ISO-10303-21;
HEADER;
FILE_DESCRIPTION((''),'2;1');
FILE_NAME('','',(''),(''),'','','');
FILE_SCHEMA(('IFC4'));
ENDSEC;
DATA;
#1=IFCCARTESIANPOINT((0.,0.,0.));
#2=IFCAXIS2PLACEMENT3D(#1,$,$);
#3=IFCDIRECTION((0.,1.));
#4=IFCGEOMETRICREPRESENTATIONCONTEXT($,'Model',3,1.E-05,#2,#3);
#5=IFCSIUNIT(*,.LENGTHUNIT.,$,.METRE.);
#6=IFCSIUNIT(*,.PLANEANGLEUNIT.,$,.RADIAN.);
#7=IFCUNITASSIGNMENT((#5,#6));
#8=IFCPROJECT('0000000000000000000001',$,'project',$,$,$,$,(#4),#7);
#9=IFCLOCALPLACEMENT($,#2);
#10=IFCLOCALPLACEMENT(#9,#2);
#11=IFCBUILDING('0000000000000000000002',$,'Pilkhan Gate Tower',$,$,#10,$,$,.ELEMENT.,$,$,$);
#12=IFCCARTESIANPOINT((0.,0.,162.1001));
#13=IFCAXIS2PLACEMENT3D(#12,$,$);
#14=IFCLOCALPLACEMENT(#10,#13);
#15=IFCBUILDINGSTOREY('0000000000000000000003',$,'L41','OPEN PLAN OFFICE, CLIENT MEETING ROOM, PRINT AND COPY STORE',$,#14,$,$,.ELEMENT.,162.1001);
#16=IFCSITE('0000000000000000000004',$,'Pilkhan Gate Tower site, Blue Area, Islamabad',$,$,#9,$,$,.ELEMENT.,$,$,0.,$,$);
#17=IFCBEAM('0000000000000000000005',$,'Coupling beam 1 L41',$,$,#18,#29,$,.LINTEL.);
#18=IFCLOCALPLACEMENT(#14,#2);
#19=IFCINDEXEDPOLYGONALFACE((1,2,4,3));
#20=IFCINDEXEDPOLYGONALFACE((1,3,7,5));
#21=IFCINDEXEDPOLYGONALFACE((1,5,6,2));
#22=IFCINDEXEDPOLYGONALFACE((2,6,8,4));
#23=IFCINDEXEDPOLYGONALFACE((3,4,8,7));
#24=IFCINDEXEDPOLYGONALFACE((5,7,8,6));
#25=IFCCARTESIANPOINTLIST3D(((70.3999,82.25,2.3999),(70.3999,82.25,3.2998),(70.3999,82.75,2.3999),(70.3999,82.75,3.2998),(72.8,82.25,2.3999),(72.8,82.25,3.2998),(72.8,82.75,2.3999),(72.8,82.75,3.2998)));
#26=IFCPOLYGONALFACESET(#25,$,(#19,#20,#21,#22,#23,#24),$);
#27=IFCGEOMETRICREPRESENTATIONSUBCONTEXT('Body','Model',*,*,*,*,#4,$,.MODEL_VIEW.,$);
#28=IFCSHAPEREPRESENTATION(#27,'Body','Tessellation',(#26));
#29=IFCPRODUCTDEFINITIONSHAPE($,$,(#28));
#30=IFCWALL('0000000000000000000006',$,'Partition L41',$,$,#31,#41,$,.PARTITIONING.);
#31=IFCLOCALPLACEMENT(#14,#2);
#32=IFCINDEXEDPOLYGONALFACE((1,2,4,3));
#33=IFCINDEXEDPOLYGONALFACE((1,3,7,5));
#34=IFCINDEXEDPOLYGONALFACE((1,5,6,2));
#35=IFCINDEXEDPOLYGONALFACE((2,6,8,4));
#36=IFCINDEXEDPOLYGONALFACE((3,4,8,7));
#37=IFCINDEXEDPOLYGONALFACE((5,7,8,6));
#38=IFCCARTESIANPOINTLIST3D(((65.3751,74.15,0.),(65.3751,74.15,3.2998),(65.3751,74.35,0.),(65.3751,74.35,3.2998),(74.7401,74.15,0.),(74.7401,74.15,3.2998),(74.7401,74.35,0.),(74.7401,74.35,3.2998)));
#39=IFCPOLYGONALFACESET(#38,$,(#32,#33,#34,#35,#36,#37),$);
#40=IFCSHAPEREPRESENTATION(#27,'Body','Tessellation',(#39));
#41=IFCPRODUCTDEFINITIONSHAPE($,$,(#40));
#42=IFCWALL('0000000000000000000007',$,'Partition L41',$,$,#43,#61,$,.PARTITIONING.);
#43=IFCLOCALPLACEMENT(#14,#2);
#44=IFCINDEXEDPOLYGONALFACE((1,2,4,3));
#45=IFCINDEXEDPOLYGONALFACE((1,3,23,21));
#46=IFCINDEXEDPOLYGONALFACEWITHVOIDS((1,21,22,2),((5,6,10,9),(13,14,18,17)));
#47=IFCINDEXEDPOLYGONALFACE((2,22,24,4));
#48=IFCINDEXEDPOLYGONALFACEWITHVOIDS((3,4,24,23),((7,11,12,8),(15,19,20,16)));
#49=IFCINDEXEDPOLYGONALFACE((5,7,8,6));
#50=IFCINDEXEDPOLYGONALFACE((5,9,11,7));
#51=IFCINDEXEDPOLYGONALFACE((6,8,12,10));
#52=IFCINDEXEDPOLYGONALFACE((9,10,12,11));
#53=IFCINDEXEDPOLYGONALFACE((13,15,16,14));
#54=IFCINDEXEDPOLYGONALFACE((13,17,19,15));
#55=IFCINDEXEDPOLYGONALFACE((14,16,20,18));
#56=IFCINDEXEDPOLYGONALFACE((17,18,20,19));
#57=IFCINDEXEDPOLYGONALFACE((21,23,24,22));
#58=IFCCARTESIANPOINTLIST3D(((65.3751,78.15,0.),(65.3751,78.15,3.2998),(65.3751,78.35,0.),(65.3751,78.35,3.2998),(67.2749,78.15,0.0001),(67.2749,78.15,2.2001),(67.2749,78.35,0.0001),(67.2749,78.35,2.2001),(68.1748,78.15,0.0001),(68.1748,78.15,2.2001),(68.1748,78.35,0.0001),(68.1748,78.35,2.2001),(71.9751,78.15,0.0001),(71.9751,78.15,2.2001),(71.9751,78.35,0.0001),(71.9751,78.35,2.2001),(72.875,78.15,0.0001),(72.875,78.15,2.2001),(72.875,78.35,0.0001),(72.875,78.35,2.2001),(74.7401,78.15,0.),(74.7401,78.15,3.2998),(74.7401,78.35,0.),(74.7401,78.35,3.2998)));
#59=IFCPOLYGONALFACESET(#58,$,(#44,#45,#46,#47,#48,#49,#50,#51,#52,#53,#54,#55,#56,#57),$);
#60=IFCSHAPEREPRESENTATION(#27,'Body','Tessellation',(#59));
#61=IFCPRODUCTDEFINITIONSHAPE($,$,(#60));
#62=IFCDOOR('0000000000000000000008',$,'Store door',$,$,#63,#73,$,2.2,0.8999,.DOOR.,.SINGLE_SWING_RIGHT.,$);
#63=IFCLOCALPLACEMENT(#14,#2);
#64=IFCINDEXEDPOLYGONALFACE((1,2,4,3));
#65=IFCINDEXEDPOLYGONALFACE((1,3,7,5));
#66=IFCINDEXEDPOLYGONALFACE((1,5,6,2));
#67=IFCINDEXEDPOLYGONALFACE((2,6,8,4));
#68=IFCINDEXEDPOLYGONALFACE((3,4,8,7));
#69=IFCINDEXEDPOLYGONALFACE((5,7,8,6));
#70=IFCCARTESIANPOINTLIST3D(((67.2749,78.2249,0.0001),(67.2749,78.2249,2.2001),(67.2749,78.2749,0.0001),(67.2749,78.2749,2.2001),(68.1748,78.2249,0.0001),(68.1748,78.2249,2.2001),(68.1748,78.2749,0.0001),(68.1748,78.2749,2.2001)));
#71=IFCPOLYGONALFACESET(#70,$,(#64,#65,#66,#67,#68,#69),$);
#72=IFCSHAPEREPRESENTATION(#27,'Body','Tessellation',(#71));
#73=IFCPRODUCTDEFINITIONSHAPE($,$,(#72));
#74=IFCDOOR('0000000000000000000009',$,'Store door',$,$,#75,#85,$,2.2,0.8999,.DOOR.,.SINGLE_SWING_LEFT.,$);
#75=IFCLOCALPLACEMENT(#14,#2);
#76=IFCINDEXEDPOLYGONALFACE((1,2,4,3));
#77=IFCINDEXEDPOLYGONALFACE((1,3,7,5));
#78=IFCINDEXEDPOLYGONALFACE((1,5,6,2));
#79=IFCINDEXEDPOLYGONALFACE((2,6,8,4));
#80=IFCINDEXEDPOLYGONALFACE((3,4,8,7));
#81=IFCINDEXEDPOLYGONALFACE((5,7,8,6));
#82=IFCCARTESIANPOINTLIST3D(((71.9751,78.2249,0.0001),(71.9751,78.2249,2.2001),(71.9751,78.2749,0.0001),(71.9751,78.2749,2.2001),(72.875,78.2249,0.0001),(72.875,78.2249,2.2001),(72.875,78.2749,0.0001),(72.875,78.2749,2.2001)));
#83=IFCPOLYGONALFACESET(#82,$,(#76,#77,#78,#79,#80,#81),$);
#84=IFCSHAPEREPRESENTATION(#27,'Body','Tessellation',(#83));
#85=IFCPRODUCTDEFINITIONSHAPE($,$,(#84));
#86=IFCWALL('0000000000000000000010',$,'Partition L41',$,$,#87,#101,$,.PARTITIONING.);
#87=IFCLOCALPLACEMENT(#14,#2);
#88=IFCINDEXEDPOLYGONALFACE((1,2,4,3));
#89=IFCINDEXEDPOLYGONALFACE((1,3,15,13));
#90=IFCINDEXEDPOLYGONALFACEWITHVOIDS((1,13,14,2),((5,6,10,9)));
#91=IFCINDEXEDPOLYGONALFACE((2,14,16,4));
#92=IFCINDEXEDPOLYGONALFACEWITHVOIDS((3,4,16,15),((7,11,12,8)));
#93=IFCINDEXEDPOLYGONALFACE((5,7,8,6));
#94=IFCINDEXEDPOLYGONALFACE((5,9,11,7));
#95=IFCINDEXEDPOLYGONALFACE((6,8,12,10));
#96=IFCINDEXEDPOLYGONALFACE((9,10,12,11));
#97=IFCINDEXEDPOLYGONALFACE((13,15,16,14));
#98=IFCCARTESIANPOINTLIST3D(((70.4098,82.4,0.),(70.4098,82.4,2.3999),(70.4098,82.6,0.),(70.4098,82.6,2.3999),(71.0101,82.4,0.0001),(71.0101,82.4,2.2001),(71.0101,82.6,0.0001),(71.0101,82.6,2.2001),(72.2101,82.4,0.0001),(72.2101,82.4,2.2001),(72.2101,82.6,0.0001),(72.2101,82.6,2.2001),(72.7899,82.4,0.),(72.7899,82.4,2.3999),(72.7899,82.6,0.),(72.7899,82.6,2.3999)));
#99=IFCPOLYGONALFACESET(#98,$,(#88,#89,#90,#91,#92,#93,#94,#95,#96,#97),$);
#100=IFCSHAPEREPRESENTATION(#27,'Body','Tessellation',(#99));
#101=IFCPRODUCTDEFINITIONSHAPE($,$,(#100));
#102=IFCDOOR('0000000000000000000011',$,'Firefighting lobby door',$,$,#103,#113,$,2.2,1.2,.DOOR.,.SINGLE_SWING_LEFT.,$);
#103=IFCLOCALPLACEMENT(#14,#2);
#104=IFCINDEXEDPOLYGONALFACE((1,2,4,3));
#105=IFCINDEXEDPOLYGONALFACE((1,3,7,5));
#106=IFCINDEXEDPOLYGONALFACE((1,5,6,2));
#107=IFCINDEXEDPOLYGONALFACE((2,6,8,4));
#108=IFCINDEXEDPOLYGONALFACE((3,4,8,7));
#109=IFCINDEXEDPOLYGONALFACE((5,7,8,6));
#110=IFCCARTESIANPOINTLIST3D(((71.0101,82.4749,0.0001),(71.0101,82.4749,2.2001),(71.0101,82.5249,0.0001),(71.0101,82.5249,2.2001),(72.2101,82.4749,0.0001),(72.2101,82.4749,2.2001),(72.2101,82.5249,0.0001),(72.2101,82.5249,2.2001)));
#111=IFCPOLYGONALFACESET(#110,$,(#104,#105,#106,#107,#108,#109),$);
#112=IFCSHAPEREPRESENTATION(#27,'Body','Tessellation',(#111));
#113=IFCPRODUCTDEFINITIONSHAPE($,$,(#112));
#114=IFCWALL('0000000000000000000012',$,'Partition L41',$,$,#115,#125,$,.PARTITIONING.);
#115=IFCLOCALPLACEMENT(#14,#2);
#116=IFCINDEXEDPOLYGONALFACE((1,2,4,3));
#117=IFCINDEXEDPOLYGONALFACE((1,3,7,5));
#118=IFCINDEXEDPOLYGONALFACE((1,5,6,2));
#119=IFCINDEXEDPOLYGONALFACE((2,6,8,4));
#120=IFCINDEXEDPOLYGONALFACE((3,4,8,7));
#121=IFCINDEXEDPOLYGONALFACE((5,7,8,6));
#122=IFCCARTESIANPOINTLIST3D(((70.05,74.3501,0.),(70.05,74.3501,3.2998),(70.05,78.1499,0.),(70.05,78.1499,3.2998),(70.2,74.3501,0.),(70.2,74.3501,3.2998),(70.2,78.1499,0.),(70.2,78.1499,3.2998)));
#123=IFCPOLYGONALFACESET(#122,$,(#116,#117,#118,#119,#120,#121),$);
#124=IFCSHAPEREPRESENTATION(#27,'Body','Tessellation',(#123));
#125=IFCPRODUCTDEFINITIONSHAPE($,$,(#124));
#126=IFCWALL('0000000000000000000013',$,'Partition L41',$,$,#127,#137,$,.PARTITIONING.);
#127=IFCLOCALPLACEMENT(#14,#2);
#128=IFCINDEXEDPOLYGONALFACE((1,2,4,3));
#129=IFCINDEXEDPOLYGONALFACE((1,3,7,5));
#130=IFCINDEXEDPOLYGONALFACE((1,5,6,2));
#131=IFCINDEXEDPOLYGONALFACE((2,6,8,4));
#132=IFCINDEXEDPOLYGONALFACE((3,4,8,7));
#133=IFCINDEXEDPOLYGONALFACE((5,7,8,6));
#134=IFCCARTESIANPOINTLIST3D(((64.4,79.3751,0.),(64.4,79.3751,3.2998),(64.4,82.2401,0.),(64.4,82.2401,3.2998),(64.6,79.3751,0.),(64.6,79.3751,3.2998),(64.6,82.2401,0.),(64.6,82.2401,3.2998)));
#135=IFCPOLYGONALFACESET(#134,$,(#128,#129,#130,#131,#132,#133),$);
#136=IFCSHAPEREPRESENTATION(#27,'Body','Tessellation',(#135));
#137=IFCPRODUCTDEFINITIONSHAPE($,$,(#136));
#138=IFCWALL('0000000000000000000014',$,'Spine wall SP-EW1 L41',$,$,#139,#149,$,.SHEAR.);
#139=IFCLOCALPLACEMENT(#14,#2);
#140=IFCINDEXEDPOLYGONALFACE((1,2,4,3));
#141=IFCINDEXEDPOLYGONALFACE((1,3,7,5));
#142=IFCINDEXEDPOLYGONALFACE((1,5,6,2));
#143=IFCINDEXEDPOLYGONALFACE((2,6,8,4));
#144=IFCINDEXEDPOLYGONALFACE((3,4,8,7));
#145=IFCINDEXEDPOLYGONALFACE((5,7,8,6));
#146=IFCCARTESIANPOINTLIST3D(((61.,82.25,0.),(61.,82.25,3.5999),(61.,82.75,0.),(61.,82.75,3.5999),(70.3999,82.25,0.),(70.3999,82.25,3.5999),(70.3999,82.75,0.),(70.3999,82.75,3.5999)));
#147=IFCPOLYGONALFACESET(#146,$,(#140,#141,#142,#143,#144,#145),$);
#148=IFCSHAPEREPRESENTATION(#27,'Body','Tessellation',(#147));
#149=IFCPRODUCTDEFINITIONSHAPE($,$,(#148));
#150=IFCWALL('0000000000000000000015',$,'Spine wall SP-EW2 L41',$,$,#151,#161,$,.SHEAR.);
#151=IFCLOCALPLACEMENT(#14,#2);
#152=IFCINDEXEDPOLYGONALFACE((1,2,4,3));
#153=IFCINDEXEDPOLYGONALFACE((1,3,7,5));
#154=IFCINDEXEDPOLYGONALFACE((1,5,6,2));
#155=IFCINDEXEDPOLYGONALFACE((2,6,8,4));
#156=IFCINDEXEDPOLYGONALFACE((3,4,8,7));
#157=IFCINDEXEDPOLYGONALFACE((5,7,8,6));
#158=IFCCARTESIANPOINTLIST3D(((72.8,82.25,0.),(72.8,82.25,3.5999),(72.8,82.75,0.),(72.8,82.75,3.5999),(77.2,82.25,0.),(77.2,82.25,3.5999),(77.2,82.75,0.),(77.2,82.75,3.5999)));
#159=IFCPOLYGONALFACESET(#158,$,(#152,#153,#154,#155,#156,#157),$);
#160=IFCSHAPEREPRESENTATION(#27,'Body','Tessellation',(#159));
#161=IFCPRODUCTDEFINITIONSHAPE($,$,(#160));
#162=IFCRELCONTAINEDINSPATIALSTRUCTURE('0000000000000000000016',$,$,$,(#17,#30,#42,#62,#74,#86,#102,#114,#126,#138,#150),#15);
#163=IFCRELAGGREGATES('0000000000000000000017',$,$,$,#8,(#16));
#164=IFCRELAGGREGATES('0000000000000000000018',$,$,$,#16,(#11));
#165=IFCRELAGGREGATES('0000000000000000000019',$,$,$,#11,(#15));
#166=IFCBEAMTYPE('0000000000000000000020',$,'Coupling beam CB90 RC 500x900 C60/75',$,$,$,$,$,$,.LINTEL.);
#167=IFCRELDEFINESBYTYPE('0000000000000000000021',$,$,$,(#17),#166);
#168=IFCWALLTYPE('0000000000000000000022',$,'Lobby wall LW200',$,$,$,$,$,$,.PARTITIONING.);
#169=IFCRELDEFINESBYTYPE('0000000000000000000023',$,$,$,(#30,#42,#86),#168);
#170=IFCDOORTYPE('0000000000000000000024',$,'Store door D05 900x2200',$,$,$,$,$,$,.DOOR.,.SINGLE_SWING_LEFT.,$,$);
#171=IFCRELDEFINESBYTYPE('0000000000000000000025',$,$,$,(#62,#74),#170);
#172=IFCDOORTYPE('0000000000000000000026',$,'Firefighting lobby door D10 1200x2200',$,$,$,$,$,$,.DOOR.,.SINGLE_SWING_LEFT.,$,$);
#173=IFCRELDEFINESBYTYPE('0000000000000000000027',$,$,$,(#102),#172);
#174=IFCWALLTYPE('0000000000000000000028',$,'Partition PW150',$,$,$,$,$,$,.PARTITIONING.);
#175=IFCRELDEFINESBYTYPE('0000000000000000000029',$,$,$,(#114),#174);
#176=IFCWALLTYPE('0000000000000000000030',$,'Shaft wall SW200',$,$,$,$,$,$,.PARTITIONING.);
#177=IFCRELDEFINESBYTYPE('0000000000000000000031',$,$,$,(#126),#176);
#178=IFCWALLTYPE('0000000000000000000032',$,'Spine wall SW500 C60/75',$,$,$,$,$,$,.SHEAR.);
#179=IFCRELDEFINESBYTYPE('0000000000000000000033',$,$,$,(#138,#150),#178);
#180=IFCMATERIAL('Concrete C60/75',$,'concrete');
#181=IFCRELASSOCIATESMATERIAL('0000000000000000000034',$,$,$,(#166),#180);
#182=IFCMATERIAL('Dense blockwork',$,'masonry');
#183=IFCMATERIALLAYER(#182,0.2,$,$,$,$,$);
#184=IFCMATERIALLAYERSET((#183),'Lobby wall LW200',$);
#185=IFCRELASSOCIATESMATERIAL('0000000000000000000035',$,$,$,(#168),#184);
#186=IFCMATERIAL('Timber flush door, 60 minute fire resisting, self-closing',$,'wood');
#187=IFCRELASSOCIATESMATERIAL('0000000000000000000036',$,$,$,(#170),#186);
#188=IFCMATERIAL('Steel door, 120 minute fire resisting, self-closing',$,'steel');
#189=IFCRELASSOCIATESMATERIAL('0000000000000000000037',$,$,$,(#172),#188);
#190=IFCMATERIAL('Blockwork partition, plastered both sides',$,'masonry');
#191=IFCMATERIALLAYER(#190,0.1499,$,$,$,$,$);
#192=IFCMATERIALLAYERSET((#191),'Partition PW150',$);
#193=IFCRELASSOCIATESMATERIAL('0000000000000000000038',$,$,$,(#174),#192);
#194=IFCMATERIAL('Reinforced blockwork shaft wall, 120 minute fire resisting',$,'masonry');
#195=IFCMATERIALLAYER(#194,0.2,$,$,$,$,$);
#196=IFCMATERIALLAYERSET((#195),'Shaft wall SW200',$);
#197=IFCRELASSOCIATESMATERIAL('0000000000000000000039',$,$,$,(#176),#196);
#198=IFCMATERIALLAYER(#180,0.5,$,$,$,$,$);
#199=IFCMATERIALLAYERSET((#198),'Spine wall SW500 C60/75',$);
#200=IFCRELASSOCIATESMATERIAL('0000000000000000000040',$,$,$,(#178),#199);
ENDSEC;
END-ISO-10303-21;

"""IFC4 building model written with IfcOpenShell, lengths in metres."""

from ifc_helpers import new_model, si_unit, direction, frame, frame_2d, origin, origin_2d, place, context, subcontext, project, spatial, rectangle, extrude, material, layer, layer_set, material_profile, profile_set, type_object, element, fill, save


model = new_model("IFC4")

# Units and contexts
model_context = context("Model", 3, precision=1e-05, world=origin(), true_north=direction((0.0, 1.0)))
body_context = subcontext(model_context, "Body", "Model", "MODEL_VIEW")
ifc_project = project(units=[si_unit("LENGTHUNIT", "METRE"), si_unit("PLANEANGLEUNIT", "RADIAN")], contexts=[model_context])

# Site, building, storey
site_placement = place(None, origin())
site = spatial("IfcSite", under=ifc_project, at=site_placement, Name="Pilkhan Gate Tower site, Blue Area, Islamabad", CompositionType="ELEMENT", RefElevation=0.0)
building_placement = place(site_placement, origin())
building = spatial("IfcBuilding", under=site, at=building_placement, Name="Pilkhan Gate Tower", CompositionType="ELEMENT")
storey_placement = place(building_placement, frame((0.0, 0.0, 162.1001)))
storey = spatial("IfcBuildingStorey", under=building, at=storey_placement, Name="L41", Description="OPEN PLAN OFFICE, CLIENT MEETING ROOM, PRINT AND COPY STORE", CompositionType="ELEMENT", Elevation=162.1001)

# Beam
ifc_material_1 = material(Name="Concrete C60/75", Category="concrete")
ifc_material_profile = material_profile(ifc_material_1, rectangle(XDim=0.5, YDim=0.8999, at=origin_2d()), Name="RC 500x900")
ifc_profile_set = profile_set([ifc_material_profile], Name="Concrete C60/75")
beam_type = type_object("IfcBeamType", Name="Coupling beam CB90 RC 500x900 C60/75", PredefinedType="LINTEL", material=ifc_profile_set)
beam_placement = place(storey_placement, frame((70.3999, 82.5, 2.8499), z_axis=(1.0, 0.0, 0.0), x_axis=(0.0, 1.0, 0.0)))
element("IfcBeam", 1, at=beam_placement, inside=storey, type_object=beam_type, Name="Coupling beam 1 L41", PredefinedType="LINTEL", context=body_context, shape_type="SweptSolid", body=[
    extrude(rectangle(XDim=0.5, YDim=0.8999, at=origin_2d()), origin(), (0.0, 0.0, 1.0), 2.4001),
])

# Wall
ifc_material_2 = material(Name="Dense blockwork", Category="masonry")
ifc_layer_1 = layer(ifc_material_2, 0.2)
ifc_layer_set_1 = layer_set([ifc_layer_1], Name="Lobby wall LW200")
wall_type_1 = type_object("IfcWallType", Name="Lobby wall LW200", PredefinedType="PARTITIONING", material=ifc_layer_set_1)
wall_1_placement = place(storey_placement, frame((65.375, 74.25, 0.0), z_axis=(0.0, 0.0, 1.0), x_axis=(1.0, 0.0, 0.0)))
element("IfcWall", 2, at=wall_1_placement, inside=storey, type_object=wall_type_1, Name="Partition L41", PredefinedType="PARTITIONING", context=body_context, shape_type="SweptSolid", body=[
    extrude(rectangle(XDim=9.365, YDim=0.2, at=frame_2d((4.6826, 0.0))), origin(), (0.0, 0.0, 1.0), 3.2998),
])

# Wall, openings, doors
wall_2_placement = place(storey_placement, frame((65.375, 78.25, 0.0), z_axis=(0.0, 0.0, 1.0), x_axis=(1.0, 0.0, 0.0)))
wall_2 = element("IfcWall", 3, at=wall_2_placement, inside=storey, type_object=wall_type_1, Name="Partition L41", PredefinedType="PARTITIONING", context=body_context, shape_type="SweptSolid", body=[
    extrude(rectangle(XDim=9.365, YDim=0.2, at=frame_2d((4.6826, 0.0))), origin(), (0.0, 0.0, 1.0), 3.2998),
])
opening_1_placement = place(wall_2_placement, frame((1.8999, 0.0, 0.0)))
opening_1 = element("IfcOpeningElement", 4, at=opening_1_placement, cuts=wall_2, PredefinedType="OPENING", context=body_context, shape_type="SweptSolid", body=[
    extrude(rectangle(XDim=0.8999, YDim=2.2, at=frame_2d((0.45, 1.1001))), frame((0.0, 0.1099, 0.0), z_axis=(0.0, -1.0, 0.0), x_axis=(1.0, 0.0, 0.0)), (0.0, 0.0, 1.0), 0.22),
])
opening_2_placement = place(wall_2_placement, frame((6.6001, 0.0, 0.0)))
opening_2 = element("IfcOpeningElement", 5, at=opening_2_placement, cuts=wall_2, PredefinedType="OPENING", context=body_context, shape_type="SweptSolid", body=[
    extrude(rectangle(XDim=0.8999, YDim=2.2, at=frame_2d((0.45, 1.1001))), frame((0.0, 0.1099, 0.0), z_axis=(0.0, -1.0, 0.0), x_axis=(1.0, 0.0, 0.0)), (0.0, 0.0, 1.0), 0.22),
])
ifc_material_3 = material(Name="Timber flush door, 60 minute fire resisting, self-closing", Category="wood")
door_type_1 = type_object("IfcDoorType", Name="Store door D05 900x2200", OperationType="SINGLE_SWING_LEFT", PredefinedType="DOOR", material=ifc_material_3)
door_1_placement = place(opening_1_placement, origin())
door_1 = element("IfcDoor", 6, at=door_1_placement, inside=storey, type_object=door_type_1, Name="Store door", OperationType="SINGLE_SWING_RIGHT", OverallHeight=2.2, OverallWidth=0.8999, PredefinedType="DOOR", context=body_context, shape_type="SweptSolid", body=[
    extrude(rectangle(XDim=0.8999, YDim=2.2, at=frame_2d((0.45, 1.1001))), frame((0.0, 0.0249, 0.0), z_axis=(0.0, -1.0, 0.0), x_axis=(1.0, 0.0, 0.0)), (0.0, 0.0, 1.0), 0.05),
])
fill(opening_1, door_1)
door_2_placement = place(opening_2_placement, origin())
door_2 = element("IfcDoor", 7, at=door_2_placement, inside=storey, type_object=door_type_1, Name="Store door", OperationType="SINGLE_SWING_LEFT", OverallHeight=2.2, OverallWidth=0.8999, PredefinedType="DOOR", context=body_context, shape_type="SweptSolid", body=[
    extrude(rectangle(XDim=0.8999, YDim=2.2, at=frame_2d((0.45, 1.1001))), frame((0.0, 0.0249, 0.0), z_axis=(0.0, -1.0, 0.0), x_axis=(1.0, 0.0, 0.0)), (0.0, 0.0, 1.0), 0.05),
])
fill(opening_2, door_2)

# Wall, opening, door
wall_3_placement = place(storey_placement, frame((70.4099, 82.5, 0.0), z_axis=(0.0, 0.0, 1.0), x_axis=(1.0, 0.0, 0.0)))
wall_3 = element("IfcWall", 8, at=wall_3_placement, inside=storey, type_object=wall_type_1, Name="Partition L41", PredefinedType="PARTITIONING", context=body_context, shape_type="SweptSolid", body=[
    extrude(rectangle(XDim=2.3801, YDim=0.2, at=frame_2d((1.1899, 0.0))), origin(), (0.0, 0.0, 1.0), 2.3999),
])
opening_3_placement = place(wall_3_placement, frame((0.6001, 0.0, 0.0)))
opening_3 = element("IfcOpeningElement", 9, at=opening_3_placement, cuts=wall_3, PredefinedType="OPENING", context=body_context, shape_type="SweptSolid", body=[
    extrude(rectangle(XDim=1.2, YDim=2.2, at=frame_2d((0.6001, 1.1001))), frame((0.0, 0.1099, 0.0), z_axis=(0.0, -1.0, 0.0), x_axis=(1.0, 0.0, 0.0)), (0.0, 0.0, 1.0), 0.22),
])
ifc_material_4 = material(Name="Steel door, 120 minute fire resisting, self-closing", Category="steel")
door_type_2 = type_object("IfcDoorType", Name="Firefighting lobby door D10 1200x2200", OperationType="SINGLE_SWING_LEFT", PredefinedType="DOOR", material=ifc_material_4)
door_3_placement = place(opening_3_placement, origin())
door_3 = element("IfcDoor", 10, at=door_3_placement, inside=storey, type_object=door_type_2, Name="Firefighting lobby door", OperationType="SINGLE_SWING_LEFT", OverallHeight=2.2, OverallWidth=1.2, PredefinedType="DOOR", context=body_context, shape_type="SweptSolid", body=[
    extrude(rectangle(XDim=1.2, YDim=2.2, at=frame_2d((0.6001, 1.1001))), frame((0.0, 0.0249, 0.0), z_axis=(0.0, -1.0, 0.0), x_axis=(1.0, 0.0, 0.0)), (0.0, 0.0, 1.0), 0.05),
])
fill(opening_3, door_3)

# Walls
ifc_material_5 = material(Name="Blockwork partition, plastered both sides", Category="masonry")
ifc_layer_2 = layer(ifc_material_5, 0.1499)
ifc_layer_set_2 = layer_set([ifc_layer_2], Name="Partition PW150")
wall_type_2 = type_object("IfcWallType", Name="Partition PW150", PredefinedType="PARTITIONING", material=ifc_layer_set_2)
wall_4_placement = place(storey_placement, frame((70.125, 74.3501, 0.0), z_axis=(0.0, 0.0, 1.0), x_axis=(0.0, 1.0, 0.0)))
element("IfcWall", 11, at=wall_4_placement, inside=storey, type_object=wall_type_2, Name="Partition L41", PredefinedType="PARTITIONING", context=body_context, shape_type="SweptSolid", body=[
    extrude(rectangle(XDim=3.7998, YDim=0.1499, at=frame_2d((1.8999, 0.0))), origin(), (0.0, 0.0, 1.0), 3.2998),
])
ifc_material_6 = material(Name="Reinforced blockwork shaft wall, 120 minute fire resisting", Category="masonry")
ifc_layer_3 = layer(ifc_material_6, 0.2)
ifc_layer_set_3 = layer_set([ifc_layer_3], Name="Shaft wall SW200")
wall_type_3 = type_object("IfcWallType", Name="Shaft wall SW200", PredefinedType="PARTITIONING", material=ifc_layer_set_3)
wall_5_placement = place(storey_placement, frame((64.5, 79.375, 0.0), z_axis=(0.0, 0.0, 1.0), x_axis=(0.0, 1.0, 0.0)))
element("IfcWall", 12, at=wall_5_placement, inside=storey, type_object=wall_type_3, Name="Partition L41", PredefinedType="PARTITIONING", context=body_context, shape_type="SweptSolid", body=[
    extrude(rectangle(XDim=2.865, YDim=0.2, at=frame_2d((1.4326, 0.0))), origin(), (0.0, 0.0, 1.0), 3.2998),
])
ifc_layer_4 = layer(ifc_material_1, 0.5)
ifc_layer_set_4 = layer_set([ifc_layer_4], Name="Spine wall SW500 C60/75")
wall_type_4 = type_object("IfcWallType", Name="Spine wall SW500 C60/75", PredefinedType="SHEAR", material=ifc_layer_set_4)
wall_6_placement = place(storey_placement, frame((61.0, 82.5, 0.0), z_axis=(0.0, 0.0, 1.0), x_axis=(1.0, 0.0, 0.0)))
element("IfcWall", 13, at=wall_6_placement, inside=storey, type_object=wall_type_4, Name="Spine wall SP-EW1 L41", PredefinedType="SHEAR", context=body_context, shape_type="SweptSolid", body=[
    extrude(rectangle(XDim=9.3999, YDim=0.5, at=frame_2d((4.7, 0.0))), origin(), (0.0, 0.0, 1.0), 3.5999),
])
wall_7_placement = place(storey_placement, frame((72.8, 82.5, 0.0), z_axis=(0.0, 0.0, 1.0), x_axis=(1.0, 0.0, 0.0)))
element("IfcWall", 14, at=wall_7_placement, inside=storey, type_object=wall_type_4, Name="Spine wall SP-EW2 L41", PredefinedType="SHEAR", context=body_context, shape_type="SweptSolid", body=[
    extrude(rectangle(XDim=4.3999, YDim=0.5, at=frame_2d((2.2, 0.0))), origin(), (0.0, 0.0, 1.0), 3.5999),
])

save(model, "model.ifc")
